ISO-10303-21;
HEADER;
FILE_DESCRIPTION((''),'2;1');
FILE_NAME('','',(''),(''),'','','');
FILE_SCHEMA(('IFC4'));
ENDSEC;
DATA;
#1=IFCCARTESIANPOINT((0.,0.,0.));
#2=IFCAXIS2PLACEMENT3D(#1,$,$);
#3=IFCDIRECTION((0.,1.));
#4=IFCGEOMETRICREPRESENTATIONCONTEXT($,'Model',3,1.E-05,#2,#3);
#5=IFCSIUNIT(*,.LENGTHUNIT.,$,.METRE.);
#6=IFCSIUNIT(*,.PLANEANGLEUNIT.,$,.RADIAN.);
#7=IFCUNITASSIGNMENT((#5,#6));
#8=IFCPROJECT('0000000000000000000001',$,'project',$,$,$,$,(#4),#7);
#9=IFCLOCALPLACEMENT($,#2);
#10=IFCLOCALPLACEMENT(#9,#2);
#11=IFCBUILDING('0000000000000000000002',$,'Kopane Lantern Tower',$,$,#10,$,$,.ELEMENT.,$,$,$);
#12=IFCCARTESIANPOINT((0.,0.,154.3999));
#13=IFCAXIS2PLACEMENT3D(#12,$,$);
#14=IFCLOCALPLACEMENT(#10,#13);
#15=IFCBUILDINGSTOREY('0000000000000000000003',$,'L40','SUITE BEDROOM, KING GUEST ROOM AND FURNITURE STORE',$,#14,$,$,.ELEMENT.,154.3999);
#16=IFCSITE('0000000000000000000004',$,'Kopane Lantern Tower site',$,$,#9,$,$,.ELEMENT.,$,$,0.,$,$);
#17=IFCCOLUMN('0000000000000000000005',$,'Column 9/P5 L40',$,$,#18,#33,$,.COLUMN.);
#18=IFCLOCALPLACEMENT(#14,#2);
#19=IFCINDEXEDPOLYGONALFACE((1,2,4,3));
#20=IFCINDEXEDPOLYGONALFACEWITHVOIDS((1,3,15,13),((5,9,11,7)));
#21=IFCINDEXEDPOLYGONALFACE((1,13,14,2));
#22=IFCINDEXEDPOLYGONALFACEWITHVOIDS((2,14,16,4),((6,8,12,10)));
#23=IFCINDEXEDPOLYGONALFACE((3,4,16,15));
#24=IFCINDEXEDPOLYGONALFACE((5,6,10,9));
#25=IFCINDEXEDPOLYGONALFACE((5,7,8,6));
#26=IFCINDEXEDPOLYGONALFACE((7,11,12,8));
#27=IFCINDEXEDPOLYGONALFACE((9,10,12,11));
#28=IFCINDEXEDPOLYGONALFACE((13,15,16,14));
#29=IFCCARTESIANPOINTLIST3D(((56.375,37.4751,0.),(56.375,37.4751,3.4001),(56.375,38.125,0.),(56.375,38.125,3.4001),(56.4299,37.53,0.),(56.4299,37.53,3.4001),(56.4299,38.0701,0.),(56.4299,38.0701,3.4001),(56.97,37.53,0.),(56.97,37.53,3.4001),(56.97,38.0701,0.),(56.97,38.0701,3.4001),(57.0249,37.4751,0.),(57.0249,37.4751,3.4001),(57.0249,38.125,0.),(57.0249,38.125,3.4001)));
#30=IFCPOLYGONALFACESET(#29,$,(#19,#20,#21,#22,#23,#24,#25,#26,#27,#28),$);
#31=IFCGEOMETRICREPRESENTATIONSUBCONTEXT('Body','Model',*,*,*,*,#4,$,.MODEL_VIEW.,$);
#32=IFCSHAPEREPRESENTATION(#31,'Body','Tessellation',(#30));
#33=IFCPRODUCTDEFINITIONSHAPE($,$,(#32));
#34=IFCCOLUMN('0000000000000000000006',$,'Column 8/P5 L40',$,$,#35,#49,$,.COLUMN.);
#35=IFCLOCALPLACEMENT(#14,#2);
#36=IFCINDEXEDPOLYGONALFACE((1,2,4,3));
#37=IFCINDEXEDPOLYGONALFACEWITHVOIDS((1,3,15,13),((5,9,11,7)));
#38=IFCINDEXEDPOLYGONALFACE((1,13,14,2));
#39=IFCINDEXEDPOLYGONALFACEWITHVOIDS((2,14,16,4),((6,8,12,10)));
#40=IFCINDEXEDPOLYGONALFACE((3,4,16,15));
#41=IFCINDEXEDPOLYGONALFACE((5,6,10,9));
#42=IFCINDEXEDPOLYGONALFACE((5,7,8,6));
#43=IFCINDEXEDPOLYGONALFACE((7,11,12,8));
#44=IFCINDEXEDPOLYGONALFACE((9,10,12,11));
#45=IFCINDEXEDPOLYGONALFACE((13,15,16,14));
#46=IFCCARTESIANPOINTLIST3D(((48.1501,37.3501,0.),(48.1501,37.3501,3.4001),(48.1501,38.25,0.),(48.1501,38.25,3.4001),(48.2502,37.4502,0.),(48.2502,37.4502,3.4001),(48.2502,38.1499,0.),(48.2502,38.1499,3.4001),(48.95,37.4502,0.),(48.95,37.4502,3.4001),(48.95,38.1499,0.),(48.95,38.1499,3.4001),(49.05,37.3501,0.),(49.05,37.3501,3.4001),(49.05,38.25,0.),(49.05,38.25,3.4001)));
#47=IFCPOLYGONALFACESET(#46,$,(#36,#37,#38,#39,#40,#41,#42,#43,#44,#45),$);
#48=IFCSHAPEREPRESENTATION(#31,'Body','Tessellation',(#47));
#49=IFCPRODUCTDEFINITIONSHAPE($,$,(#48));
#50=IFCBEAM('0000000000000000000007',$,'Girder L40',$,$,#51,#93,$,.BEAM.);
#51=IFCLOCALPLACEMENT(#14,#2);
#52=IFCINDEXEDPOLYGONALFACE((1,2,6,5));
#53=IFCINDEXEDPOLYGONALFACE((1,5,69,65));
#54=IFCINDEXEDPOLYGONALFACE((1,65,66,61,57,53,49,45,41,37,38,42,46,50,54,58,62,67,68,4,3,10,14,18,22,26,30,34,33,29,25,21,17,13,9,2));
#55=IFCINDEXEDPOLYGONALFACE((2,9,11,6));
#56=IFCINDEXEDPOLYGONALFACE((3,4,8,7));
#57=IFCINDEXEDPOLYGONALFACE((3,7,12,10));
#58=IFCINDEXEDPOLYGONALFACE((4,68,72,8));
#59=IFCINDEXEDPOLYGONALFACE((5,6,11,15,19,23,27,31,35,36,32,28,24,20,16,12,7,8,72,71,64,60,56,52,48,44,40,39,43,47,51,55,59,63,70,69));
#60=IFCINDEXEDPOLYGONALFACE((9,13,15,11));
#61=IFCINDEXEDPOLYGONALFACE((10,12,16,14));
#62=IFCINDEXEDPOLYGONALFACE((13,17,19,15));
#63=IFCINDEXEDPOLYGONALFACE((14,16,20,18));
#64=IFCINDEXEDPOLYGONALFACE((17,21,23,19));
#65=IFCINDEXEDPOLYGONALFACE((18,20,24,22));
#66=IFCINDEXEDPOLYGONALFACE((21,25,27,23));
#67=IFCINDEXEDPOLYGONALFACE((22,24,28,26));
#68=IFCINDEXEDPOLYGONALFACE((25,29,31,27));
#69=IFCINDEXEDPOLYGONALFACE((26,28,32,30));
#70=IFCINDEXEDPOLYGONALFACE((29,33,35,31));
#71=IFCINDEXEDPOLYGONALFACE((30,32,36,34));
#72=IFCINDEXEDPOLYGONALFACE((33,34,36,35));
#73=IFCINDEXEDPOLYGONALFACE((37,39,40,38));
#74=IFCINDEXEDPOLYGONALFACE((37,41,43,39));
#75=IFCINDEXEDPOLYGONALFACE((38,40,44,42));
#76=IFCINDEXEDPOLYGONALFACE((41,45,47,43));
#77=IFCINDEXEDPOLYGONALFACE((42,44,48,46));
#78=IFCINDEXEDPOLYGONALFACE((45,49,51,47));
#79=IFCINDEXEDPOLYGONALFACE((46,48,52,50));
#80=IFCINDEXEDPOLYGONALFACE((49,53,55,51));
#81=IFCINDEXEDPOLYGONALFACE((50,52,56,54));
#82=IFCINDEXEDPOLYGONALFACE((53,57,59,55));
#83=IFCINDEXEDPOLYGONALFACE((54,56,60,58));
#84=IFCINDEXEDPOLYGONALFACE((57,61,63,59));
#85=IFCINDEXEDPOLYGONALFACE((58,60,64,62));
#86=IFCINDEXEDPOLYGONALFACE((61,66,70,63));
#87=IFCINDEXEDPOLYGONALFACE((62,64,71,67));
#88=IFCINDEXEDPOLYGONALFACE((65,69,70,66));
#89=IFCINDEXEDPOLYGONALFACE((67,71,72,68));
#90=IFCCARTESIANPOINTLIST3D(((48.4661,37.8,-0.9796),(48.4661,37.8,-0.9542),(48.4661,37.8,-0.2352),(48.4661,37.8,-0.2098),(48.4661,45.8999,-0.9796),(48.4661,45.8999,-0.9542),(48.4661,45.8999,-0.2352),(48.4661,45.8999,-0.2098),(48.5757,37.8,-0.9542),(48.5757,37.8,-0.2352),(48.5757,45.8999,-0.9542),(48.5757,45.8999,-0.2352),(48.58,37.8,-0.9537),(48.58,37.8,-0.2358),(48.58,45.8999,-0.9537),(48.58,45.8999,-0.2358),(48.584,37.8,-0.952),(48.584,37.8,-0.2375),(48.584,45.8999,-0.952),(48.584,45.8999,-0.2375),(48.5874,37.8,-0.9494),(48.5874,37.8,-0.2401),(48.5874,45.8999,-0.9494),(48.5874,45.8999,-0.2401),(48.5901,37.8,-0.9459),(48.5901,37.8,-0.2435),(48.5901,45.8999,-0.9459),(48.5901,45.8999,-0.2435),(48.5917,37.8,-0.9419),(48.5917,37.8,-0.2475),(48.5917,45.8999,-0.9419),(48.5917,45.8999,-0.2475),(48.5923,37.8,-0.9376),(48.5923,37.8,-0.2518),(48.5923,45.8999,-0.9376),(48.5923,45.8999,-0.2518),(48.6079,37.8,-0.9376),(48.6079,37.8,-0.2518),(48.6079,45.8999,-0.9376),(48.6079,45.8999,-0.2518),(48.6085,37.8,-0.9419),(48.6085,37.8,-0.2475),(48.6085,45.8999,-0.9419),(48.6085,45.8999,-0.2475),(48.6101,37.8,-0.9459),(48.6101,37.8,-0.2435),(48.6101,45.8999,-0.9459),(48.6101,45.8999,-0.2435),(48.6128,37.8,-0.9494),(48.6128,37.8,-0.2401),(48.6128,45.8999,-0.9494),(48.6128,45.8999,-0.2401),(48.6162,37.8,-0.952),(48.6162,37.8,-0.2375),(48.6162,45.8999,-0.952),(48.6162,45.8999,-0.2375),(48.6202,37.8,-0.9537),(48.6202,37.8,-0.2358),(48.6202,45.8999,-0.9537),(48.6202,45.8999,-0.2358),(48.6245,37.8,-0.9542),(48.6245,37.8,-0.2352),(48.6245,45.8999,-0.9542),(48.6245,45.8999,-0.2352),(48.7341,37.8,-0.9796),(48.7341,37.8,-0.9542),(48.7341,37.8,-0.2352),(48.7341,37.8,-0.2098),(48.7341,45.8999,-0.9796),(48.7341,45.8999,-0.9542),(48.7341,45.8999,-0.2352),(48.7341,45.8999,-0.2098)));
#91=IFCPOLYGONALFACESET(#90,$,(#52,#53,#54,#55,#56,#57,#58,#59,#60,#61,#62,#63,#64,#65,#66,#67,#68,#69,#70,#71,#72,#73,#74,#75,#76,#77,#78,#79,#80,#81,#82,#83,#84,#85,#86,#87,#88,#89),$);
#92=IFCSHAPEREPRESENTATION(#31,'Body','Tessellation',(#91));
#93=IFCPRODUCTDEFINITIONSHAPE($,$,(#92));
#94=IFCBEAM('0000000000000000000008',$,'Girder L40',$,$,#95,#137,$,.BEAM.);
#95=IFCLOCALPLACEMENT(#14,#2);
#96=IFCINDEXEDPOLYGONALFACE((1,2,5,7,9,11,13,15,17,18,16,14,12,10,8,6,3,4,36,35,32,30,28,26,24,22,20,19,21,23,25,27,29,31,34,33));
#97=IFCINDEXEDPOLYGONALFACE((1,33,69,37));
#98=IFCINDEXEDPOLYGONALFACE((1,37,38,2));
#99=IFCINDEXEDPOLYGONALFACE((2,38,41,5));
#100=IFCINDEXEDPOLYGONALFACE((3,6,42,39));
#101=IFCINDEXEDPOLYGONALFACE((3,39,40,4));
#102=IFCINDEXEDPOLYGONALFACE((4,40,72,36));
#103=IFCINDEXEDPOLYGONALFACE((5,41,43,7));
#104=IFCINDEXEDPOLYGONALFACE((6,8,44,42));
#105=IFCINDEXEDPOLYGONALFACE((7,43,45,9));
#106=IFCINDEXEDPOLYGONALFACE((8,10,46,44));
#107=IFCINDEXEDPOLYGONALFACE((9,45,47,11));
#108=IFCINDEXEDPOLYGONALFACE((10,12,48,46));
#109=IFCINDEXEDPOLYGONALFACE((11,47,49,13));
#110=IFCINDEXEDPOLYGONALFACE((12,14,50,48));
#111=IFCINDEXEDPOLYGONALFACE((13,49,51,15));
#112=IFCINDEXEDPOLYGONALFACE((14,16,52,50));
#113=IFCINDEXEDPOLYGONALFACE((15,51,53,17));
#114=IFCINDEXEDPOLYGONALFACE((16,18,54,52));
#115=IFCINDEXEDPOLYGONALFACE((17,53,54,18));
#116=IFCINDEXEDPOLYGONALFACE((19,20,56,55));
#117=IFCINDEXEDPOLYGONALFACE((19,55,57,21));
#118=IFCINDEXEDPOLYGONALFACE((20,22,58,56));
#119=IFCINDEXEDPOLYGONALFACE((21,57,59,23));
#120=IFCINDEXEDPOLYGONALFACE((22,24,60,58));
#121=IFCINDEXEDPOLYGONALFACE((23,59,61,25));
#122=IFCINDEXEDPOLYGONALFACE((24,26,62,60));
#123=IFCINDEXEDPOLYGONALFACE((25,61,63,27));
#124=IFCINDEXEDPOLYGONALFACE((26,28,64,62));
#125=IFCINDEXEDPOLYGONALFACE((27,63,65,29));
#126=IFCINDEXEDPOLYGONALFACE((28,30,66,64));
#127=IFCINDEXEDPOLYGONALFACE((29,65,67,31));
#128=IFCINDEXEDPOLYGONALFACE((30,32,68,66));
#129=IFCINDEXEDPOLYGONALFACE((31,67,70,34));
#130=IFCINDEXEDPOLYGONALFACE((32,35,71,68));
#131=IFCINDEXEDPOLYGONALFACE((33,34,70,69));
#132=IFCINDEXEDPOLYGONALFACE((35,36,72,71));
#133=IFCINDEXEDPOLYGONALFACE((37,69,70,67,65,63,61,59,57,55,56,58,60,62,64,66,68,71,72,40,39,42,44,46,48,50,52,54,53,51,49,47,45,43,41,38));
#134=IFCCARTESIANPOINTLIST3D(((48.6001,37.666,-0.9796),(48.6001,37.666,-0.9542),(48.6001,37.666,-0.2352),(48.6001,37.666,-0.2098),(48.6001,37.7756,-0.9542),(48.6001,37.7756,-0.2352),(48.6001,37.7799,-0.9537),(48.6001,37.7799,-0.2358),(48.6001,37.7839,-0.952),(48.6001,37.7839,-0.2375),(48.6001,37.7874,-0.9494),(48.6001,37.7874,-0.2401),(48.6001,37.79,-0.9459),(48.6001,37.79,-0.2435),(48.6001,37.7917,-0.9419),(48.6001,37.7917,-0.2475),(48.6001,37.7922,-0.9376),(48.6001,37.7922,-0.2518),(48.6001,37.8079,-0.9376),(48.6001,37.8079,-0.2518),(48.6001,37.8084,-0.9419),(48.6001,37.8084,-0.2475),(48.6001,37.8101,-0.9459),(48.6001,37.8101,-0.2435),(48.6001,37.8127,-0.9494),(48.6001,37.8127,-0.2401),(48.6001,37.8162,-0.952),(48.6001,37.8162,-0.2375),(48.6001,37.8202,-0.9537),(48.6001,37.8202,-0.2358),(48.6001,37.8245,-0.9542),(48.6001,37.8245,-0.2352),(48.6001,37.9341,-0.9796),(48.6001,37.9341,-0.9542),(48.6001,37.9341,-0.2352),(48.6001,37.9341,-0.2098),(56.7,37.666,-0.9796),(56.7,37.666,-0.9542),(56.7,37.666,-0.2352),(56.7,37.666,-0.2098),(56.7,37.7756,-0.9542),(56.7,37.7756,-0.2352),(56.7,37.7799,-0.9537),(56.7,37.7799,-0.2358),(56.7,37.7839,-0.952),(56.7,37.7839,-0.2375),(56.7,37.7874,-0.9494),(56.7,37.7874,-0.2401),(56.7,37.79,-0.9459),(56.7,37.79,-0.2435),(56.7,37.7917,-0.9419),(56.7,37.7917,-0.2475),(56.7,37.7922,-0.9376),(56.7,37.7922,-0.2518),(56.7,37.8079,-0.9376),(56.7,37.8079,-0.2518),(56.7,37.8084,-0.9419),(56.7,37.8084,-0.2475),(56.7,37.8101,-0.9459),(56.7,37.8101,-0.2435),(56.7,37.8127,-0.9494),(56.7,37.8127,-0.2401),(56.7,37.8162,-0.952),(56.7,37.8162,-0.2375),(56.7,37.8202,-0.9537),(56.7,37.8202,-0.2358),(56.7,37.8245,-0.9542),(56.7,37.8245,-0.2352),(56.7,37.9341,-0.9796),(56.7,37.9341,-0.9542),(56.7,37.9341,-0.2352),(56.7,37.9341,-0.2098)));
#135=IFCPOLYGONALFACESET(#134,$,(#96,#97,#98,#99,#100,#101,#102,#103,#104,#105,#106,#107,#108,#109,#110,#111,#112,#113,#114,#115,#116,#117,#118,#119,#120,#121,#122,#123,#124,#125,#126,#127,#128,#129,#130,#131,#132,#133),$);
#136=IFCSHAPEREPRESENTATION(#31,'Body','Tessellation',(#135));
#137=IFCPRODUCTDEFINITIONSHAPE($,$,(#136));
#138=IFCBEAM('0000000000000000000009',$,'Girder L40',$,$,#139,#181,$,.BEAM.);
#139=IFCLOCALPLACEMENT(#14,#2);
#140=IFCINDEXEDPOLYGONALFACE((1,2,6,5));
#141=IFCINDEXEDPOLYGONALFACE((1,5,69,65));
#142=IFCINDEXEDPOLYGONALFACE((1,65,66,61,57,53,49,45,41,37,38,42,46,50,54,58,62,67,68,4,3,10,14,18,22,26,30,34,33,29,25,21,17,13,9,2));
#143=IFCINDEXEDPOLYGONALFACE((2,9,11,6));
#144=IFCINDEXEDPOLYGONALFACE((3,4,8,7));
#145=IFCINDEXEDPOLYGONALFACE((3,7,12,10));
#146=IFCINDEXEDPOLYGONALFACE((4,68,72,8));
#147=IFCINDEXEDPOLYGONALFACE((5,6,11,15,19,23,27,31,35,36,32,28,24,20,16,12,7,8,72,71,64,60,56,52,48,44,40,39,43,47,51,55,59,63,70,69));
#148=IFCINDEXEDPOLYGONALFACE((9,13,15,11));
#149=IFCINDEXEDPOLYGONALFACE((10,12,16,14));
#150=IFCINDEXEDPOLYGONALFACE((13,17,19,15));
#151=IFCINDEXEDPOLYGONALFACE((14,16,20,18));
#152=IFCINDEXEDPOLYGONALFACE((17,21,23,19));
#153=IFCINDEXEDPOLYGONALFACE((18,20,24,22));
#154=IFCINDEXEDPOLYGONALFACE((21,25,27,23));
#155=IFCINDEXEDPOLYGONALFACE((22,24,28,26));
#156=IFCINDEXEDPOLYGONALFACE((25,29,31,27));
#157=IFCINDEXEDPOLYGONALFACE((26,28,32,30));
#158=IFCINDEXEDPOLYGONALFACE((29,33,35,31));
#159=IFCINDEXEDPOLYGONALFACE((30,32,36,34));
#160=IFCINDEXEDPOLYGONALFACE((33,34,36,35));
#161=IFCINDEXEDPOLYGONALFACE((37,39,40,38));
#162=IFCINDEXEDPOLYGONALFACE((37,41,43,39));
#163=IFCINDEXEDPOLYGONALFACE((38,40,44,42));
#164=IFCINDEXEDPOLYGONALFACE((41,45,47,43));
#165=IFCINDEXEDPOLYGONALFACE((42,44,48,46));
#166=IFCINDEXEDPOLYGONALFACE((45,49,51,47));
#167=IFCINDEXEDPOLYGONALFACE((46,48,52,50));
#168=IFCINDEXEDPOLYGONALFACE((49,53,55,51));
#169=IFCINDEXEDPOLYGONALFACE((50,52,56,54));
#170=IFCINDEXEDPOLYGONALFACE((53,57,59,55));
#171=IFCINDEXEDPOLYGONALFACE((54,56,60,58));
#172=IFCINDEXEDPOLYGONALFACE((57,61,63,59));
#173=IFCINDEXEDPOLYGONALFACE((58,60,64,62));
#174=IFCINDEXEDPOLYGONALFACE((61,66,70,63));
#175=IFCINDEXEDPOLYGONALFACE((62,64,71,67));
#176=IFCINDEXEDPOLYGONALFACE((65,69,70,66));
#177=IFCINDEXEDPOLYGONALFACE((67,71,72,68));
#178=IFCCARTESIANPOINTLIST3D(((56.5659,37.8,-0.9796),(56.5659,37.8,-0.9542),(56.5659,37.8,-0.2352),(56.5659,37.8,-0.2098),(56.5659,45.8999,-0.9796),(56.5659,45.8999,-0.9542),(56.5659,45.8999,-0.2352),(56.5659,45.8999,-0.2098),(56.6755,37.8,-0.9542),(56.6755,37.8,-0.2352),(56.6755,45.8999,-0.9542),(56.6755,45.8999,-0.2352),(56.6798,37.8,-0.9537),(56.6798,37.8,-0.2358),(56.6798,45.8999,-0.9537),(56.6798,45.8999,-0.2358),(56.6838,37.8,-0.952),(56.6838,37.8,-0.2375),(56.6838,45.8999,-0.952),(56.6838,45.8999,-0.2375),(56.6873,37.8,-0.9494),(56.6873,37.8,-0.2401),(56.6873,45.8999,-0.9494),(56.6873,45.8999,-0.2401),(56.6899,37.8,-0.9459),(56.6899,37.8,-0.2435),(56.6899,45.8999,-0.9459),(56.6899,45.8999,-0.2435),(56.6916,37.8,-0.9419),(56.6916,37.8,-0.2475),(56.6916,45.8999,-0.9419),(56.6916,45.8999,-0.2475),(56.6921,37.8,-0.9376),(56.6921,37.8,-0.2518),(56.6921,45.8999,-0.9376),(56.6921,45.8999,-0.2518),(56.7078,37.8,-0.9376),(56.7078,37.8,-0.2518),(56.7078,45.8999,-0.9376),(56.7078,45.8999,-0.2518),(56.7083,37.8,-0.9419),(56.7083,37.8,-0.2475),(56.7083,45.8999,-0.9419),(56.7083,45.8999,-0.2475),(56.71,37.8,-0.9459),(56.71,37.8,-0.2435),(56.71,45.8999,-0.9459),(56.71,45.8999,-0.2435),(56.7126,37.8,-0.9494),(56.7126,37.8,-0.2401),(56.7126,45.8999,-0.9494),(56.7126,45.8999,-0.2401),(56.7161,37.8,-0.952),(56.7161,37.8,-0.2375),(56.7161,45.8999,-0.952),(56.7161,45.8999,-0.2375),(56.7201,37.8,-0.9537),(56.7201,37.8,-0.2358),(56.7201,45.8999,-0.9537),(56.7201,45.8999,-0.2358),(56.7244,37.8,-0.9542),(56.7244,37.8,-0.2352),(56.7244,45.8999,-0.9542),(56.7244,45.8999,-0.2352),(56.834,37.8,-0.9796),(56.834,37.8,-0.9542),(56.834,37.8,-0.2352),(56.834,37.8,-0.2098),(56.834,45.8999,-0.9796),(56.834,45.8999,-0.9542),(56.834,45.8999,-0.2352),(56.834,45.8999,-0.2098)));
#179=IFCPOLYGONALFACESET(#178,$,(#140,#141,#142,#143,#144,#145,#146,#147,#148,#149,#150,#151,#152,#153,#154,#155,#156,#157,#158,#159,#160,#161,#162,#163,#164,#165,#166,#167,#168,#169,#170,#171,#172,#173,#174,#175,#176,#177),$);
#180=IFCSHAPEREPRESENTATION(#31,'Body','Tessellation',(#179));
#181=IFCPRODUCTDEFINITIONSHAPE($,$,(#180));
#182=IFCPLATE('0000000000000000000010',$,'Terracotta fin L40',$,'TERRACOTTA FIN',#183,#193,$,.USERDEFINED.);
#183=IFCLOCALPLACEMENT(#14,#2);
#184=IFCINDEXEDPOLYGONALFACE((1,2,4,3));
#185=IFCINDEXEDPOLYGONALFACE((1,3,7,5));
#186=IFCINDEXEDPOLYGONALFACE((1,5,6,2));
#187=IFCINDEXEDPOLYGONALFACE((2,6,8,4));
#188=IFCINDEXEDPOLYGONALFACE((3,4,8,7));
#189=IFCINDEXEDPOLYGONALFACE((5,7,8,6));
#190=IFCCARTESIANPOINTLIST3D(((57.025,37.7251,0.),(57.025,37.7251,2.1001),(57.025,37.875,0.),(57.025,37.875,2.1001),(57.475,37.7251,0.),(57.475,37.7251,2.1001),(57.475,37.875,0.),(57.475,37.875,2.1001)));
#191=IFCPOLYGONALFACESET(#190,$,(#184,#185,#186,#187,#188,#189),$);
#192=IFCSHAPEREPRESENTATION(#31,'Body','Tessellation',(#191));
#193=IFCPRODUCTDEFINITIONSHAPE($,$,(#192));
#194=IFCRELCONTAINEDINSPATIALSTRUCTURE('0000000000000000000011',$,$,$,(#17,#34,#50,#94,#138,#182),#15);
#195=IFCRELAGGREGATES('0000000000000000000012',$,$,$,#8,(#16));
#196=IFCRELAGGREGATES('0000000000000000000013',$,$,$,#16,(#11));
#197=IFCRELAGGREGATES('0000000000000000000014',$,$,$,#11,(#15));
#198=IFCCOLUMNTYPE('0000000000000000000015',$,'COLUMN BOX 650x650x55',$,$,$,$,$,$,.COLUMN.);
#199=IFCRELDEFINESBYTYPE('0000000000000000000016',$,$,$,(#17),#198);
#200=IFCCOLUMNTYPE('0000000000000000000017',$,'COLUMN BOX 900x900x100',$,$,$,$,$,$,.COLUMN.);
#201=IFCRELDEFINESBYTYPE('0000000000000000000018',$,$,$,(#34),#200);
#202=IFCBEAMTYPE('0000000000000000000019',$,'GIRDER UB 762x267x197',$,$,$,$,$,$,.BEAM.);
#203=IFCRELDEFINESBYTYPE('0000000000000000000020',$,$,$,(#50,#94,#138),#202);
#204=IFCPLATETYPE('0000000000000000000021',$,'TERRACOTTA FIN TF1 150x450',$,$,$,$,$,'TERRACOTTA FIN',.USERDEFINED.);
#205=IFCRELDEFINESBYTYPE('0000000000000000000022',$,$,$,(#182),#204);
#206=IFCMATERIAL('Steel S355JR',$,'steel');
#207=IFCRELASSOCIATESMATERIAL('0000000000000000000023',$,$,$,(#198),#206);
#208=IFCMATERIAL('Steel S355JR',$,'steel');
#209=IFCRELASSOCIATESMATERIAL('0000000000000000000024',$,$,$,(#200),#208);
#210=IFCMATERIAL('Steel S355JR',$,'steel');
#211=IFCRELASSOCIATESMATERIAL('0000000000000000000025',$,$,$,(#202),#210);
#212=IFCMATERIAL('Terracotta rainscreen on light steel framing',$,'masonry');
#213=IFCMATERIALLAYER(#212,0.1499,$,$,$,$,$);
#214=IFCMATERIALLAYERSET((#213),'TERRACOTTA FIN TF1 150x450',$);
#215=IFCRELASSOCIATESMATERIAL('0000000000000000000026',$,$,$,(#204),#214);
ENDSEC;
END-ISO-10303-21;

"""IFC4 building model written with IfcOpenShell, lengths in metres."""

from ifc_helpers import new_model, si_unit, direction, frame, origin, origin_2d, place, context, subcontext, project, spatial, rectangle, hollow_rectangle, i_section, extrude, material, layer, layer_set, material_profile, profile_set, type_object, element, save


model = new_model("IFC4")

# Units and contexts
model_context = context("Model", 3, precision=1e-05, world=origin(), true_north=direction((0.0, 1.0)))
body_context = subcontext(model_context, "Body", "Model", "MODEL_VIEW")
ifc_project = project(units=[si_unit("LENGTHUNIT", "METRE"), si_unit("PLANEANGLEUNIT", "RADIAN")], contexts=[model_context])

# Site, building, storey
site_placement = place(None, origin())
site = spatial("IfcSite", under=ifc_project, at=site_placement, Name="Kopane Lantern Tower site", CompositionType="ELEMENT", RefElevation=0.0)
building_placement = place(site_placement, origin())
building = spatial("IfcBuilding", under=site, at=building_placement, Name="Kopane Lantern Tower", CompositionType="ELEMENT")
storey_placement = place(building_placement, frame((0.0, 0.0, 154.3999)))
storey = spatial("IfcBuildingStorey", under=building, at=storey_placement, Name="L40", Description="SUITE BEDROOM, KING GUEST ROOM AND FURNITURE STORE", CompositionType="ELEMENT", Elevation=154.3999)

# Columns
ifc_material_1 = material(Name="Steel S355JR", Category="steel")
ifc_material_profile_1 = material_profile(ifc_material_1, hollow_rectangle(XDim=0.6499, YDim=0.6499, WallThickness=0.0549, at=origin_2d()), Name="BOX 650x650x55")
ifc_profile_set_1 = profile_set([ifc_material_profile_1], Name="Steel S355JR")
column_type_1 = type_object("IfcColumnType", Name="COLUMN BOX 650x650x55", PredefinedType="COLUMN", material=ifc_profile_set_1)
column_1_placement = place(storey_placement, frame((56.7, 37.8, 0.0), z_axis=(0.0, 0.0, 1.0), x_axis=(1.0, 0.0, 0.0)))
element("IfcColumn", 1, at=column_1_placement, inside=storey, type_object=column_type_1, Name="Column 9/P5 L40", PredefinedType="COLUMN", context=body_context, shape_type="SweptSolid", body=[
    extrude(hollow_rectangle(XDim=0.6499, YDim=0.6499, WallThickness=0.0549, at=origin_2d()), origin(), (0.0, 0.0, 1.0), 3.4001),
])
ifc_material_2 = material(Name="Steel S355JR", Category="steel")
ifc_material_profile_2 = material_profile(ifc_material_2, hollow_rectangle(XDim=0.8999, YDim=0.8999, WallThickness=0.1001, at=origin_2d()), Name="BOX 900x900x100")
ifc_profile_set_2 = profile_set([ifc_material_profile_2], Name="Steel S355JR")
column_type_2 = type_object("IfcColumnType", Name="COLUMN BOX 900x900x100", PredefinedType="COLUMN", material=ifc_profile_set_2)
column_2_placement = place(storey_placement, frame((48.6001, 37.8, 0.0), z_axis=(0.0, 0.0, 1.0), x_axis=(1.0, 0.0, 0.0)))
element("IfcColumn", 2, at=column_2_placement, inside=storey, type_object=column_type_2, Name="Column 8/P5 L40", PredefinedType="COLUMN", context=body_context, shape_type="SweptSolid", body=[
    extrude(hollow_rectangle(XDim=0.8999, YDim=0.8999, WallThickness=0.1001, at=origin_2d()), origin(), (0.0, 0.0, 1.0), 3.4001),
])

# Beams
ifc_material_3 = material(Name="Steel S355JR", Category="steel")
ifc_material_profile_3 = material_profile(ifc_material_3, i_section(OverallWidth=0.2681, OverallDepth=0.7698, WebThickness=0.0156, FlangeThickness=0.0254, FilletRadius=0.0166, at=origin_2d()), Name="UB 762x267x197")
ifc_profile_set_3 = profile_set([ifc_material_profile_3], Name="Steel S355JR")
beam_type = type_object("IfcBeamType", Name="GIRDER UB 762x267x197", PredefinedType="BEAM", material=ifc_profile_set_3)
for number, where, z_axis, x_axis, name in (
    (3, (48.6001, 37.8, -0.5947), (0.0, 1.0, 0.0), (-1.0, 0.0, 0.0), "Girder L40"),
    (4, (48.6001, 37.8, -0.5947), (1.0, 0.0, 0.0), (0.0, 1.0, 0.0), "Girder L40"),
    (5, (56.7, 37.8, -0.5947), (0.0, 1.0, 0.0), (-1.0, 0.0, 0.0), "Girder L40"),
):
    element("IfcBeam", number, at=place(storey_placement, frame(where, z_axis=z_axis, x_axis=x_axis)), inside=storey, type_object=beam_type, Name=name, PredefinedType="BEAM", context=body_context, shape_type="SweptSolid", body=[
        extrude(i_section(OverallWidth=0.2681, OverallDepth=0.7698, WebThickness=0.0156, FlangeThickness=0.0254, FilletRadius=0.0166, at=origin_2d()), origin(), (0.0, 0.0, 1.0), 8.0999),
    ])

# Plate
ifc_material_4 = material(Name="Terracotta rainscreen on light steel framing", Category="masonry")
ifc_layer_1 = layer(ifc_material_4, 0.1499)
ifc_layer_set_1 = layer_set([ifc_layer_1], Name="TERRACOTTA FIN TF1 150x450")
plate_type = type_object("IfcPlateType", Name="TERRACOTTA FIN TF1 150x450", ElementType="TERRACOTTA FIN", PredefinedType="USERDEFINED", material=ifc_layer_set_1)
for number, where, z_axis, x_axis, name in (
    (6, (57.25, 37.8, 0.0), (0.0, 0.0, 1.0), (0.0, 1.0, 0.0), "Terracotta fin L40"),
):
    element("IfcPlate", number, at=place(storey_placement, frame(where, z_axis=z_axis, x_axis=x_axis)), inside=storey, type_object=plate_type, Name=name, ObjectType="TERRACOTTA FIN", PredefinedType="USERDEFINED", context=body_context, shape_type="SweptSolid", body=[
        extrude(rectangle(XDim=0.1499, YDim=0.45, at=origin_2d()), origin(), (0.0, 0.0, 1.0), 2.1001),
    ])

save(model, "model.ifc")
